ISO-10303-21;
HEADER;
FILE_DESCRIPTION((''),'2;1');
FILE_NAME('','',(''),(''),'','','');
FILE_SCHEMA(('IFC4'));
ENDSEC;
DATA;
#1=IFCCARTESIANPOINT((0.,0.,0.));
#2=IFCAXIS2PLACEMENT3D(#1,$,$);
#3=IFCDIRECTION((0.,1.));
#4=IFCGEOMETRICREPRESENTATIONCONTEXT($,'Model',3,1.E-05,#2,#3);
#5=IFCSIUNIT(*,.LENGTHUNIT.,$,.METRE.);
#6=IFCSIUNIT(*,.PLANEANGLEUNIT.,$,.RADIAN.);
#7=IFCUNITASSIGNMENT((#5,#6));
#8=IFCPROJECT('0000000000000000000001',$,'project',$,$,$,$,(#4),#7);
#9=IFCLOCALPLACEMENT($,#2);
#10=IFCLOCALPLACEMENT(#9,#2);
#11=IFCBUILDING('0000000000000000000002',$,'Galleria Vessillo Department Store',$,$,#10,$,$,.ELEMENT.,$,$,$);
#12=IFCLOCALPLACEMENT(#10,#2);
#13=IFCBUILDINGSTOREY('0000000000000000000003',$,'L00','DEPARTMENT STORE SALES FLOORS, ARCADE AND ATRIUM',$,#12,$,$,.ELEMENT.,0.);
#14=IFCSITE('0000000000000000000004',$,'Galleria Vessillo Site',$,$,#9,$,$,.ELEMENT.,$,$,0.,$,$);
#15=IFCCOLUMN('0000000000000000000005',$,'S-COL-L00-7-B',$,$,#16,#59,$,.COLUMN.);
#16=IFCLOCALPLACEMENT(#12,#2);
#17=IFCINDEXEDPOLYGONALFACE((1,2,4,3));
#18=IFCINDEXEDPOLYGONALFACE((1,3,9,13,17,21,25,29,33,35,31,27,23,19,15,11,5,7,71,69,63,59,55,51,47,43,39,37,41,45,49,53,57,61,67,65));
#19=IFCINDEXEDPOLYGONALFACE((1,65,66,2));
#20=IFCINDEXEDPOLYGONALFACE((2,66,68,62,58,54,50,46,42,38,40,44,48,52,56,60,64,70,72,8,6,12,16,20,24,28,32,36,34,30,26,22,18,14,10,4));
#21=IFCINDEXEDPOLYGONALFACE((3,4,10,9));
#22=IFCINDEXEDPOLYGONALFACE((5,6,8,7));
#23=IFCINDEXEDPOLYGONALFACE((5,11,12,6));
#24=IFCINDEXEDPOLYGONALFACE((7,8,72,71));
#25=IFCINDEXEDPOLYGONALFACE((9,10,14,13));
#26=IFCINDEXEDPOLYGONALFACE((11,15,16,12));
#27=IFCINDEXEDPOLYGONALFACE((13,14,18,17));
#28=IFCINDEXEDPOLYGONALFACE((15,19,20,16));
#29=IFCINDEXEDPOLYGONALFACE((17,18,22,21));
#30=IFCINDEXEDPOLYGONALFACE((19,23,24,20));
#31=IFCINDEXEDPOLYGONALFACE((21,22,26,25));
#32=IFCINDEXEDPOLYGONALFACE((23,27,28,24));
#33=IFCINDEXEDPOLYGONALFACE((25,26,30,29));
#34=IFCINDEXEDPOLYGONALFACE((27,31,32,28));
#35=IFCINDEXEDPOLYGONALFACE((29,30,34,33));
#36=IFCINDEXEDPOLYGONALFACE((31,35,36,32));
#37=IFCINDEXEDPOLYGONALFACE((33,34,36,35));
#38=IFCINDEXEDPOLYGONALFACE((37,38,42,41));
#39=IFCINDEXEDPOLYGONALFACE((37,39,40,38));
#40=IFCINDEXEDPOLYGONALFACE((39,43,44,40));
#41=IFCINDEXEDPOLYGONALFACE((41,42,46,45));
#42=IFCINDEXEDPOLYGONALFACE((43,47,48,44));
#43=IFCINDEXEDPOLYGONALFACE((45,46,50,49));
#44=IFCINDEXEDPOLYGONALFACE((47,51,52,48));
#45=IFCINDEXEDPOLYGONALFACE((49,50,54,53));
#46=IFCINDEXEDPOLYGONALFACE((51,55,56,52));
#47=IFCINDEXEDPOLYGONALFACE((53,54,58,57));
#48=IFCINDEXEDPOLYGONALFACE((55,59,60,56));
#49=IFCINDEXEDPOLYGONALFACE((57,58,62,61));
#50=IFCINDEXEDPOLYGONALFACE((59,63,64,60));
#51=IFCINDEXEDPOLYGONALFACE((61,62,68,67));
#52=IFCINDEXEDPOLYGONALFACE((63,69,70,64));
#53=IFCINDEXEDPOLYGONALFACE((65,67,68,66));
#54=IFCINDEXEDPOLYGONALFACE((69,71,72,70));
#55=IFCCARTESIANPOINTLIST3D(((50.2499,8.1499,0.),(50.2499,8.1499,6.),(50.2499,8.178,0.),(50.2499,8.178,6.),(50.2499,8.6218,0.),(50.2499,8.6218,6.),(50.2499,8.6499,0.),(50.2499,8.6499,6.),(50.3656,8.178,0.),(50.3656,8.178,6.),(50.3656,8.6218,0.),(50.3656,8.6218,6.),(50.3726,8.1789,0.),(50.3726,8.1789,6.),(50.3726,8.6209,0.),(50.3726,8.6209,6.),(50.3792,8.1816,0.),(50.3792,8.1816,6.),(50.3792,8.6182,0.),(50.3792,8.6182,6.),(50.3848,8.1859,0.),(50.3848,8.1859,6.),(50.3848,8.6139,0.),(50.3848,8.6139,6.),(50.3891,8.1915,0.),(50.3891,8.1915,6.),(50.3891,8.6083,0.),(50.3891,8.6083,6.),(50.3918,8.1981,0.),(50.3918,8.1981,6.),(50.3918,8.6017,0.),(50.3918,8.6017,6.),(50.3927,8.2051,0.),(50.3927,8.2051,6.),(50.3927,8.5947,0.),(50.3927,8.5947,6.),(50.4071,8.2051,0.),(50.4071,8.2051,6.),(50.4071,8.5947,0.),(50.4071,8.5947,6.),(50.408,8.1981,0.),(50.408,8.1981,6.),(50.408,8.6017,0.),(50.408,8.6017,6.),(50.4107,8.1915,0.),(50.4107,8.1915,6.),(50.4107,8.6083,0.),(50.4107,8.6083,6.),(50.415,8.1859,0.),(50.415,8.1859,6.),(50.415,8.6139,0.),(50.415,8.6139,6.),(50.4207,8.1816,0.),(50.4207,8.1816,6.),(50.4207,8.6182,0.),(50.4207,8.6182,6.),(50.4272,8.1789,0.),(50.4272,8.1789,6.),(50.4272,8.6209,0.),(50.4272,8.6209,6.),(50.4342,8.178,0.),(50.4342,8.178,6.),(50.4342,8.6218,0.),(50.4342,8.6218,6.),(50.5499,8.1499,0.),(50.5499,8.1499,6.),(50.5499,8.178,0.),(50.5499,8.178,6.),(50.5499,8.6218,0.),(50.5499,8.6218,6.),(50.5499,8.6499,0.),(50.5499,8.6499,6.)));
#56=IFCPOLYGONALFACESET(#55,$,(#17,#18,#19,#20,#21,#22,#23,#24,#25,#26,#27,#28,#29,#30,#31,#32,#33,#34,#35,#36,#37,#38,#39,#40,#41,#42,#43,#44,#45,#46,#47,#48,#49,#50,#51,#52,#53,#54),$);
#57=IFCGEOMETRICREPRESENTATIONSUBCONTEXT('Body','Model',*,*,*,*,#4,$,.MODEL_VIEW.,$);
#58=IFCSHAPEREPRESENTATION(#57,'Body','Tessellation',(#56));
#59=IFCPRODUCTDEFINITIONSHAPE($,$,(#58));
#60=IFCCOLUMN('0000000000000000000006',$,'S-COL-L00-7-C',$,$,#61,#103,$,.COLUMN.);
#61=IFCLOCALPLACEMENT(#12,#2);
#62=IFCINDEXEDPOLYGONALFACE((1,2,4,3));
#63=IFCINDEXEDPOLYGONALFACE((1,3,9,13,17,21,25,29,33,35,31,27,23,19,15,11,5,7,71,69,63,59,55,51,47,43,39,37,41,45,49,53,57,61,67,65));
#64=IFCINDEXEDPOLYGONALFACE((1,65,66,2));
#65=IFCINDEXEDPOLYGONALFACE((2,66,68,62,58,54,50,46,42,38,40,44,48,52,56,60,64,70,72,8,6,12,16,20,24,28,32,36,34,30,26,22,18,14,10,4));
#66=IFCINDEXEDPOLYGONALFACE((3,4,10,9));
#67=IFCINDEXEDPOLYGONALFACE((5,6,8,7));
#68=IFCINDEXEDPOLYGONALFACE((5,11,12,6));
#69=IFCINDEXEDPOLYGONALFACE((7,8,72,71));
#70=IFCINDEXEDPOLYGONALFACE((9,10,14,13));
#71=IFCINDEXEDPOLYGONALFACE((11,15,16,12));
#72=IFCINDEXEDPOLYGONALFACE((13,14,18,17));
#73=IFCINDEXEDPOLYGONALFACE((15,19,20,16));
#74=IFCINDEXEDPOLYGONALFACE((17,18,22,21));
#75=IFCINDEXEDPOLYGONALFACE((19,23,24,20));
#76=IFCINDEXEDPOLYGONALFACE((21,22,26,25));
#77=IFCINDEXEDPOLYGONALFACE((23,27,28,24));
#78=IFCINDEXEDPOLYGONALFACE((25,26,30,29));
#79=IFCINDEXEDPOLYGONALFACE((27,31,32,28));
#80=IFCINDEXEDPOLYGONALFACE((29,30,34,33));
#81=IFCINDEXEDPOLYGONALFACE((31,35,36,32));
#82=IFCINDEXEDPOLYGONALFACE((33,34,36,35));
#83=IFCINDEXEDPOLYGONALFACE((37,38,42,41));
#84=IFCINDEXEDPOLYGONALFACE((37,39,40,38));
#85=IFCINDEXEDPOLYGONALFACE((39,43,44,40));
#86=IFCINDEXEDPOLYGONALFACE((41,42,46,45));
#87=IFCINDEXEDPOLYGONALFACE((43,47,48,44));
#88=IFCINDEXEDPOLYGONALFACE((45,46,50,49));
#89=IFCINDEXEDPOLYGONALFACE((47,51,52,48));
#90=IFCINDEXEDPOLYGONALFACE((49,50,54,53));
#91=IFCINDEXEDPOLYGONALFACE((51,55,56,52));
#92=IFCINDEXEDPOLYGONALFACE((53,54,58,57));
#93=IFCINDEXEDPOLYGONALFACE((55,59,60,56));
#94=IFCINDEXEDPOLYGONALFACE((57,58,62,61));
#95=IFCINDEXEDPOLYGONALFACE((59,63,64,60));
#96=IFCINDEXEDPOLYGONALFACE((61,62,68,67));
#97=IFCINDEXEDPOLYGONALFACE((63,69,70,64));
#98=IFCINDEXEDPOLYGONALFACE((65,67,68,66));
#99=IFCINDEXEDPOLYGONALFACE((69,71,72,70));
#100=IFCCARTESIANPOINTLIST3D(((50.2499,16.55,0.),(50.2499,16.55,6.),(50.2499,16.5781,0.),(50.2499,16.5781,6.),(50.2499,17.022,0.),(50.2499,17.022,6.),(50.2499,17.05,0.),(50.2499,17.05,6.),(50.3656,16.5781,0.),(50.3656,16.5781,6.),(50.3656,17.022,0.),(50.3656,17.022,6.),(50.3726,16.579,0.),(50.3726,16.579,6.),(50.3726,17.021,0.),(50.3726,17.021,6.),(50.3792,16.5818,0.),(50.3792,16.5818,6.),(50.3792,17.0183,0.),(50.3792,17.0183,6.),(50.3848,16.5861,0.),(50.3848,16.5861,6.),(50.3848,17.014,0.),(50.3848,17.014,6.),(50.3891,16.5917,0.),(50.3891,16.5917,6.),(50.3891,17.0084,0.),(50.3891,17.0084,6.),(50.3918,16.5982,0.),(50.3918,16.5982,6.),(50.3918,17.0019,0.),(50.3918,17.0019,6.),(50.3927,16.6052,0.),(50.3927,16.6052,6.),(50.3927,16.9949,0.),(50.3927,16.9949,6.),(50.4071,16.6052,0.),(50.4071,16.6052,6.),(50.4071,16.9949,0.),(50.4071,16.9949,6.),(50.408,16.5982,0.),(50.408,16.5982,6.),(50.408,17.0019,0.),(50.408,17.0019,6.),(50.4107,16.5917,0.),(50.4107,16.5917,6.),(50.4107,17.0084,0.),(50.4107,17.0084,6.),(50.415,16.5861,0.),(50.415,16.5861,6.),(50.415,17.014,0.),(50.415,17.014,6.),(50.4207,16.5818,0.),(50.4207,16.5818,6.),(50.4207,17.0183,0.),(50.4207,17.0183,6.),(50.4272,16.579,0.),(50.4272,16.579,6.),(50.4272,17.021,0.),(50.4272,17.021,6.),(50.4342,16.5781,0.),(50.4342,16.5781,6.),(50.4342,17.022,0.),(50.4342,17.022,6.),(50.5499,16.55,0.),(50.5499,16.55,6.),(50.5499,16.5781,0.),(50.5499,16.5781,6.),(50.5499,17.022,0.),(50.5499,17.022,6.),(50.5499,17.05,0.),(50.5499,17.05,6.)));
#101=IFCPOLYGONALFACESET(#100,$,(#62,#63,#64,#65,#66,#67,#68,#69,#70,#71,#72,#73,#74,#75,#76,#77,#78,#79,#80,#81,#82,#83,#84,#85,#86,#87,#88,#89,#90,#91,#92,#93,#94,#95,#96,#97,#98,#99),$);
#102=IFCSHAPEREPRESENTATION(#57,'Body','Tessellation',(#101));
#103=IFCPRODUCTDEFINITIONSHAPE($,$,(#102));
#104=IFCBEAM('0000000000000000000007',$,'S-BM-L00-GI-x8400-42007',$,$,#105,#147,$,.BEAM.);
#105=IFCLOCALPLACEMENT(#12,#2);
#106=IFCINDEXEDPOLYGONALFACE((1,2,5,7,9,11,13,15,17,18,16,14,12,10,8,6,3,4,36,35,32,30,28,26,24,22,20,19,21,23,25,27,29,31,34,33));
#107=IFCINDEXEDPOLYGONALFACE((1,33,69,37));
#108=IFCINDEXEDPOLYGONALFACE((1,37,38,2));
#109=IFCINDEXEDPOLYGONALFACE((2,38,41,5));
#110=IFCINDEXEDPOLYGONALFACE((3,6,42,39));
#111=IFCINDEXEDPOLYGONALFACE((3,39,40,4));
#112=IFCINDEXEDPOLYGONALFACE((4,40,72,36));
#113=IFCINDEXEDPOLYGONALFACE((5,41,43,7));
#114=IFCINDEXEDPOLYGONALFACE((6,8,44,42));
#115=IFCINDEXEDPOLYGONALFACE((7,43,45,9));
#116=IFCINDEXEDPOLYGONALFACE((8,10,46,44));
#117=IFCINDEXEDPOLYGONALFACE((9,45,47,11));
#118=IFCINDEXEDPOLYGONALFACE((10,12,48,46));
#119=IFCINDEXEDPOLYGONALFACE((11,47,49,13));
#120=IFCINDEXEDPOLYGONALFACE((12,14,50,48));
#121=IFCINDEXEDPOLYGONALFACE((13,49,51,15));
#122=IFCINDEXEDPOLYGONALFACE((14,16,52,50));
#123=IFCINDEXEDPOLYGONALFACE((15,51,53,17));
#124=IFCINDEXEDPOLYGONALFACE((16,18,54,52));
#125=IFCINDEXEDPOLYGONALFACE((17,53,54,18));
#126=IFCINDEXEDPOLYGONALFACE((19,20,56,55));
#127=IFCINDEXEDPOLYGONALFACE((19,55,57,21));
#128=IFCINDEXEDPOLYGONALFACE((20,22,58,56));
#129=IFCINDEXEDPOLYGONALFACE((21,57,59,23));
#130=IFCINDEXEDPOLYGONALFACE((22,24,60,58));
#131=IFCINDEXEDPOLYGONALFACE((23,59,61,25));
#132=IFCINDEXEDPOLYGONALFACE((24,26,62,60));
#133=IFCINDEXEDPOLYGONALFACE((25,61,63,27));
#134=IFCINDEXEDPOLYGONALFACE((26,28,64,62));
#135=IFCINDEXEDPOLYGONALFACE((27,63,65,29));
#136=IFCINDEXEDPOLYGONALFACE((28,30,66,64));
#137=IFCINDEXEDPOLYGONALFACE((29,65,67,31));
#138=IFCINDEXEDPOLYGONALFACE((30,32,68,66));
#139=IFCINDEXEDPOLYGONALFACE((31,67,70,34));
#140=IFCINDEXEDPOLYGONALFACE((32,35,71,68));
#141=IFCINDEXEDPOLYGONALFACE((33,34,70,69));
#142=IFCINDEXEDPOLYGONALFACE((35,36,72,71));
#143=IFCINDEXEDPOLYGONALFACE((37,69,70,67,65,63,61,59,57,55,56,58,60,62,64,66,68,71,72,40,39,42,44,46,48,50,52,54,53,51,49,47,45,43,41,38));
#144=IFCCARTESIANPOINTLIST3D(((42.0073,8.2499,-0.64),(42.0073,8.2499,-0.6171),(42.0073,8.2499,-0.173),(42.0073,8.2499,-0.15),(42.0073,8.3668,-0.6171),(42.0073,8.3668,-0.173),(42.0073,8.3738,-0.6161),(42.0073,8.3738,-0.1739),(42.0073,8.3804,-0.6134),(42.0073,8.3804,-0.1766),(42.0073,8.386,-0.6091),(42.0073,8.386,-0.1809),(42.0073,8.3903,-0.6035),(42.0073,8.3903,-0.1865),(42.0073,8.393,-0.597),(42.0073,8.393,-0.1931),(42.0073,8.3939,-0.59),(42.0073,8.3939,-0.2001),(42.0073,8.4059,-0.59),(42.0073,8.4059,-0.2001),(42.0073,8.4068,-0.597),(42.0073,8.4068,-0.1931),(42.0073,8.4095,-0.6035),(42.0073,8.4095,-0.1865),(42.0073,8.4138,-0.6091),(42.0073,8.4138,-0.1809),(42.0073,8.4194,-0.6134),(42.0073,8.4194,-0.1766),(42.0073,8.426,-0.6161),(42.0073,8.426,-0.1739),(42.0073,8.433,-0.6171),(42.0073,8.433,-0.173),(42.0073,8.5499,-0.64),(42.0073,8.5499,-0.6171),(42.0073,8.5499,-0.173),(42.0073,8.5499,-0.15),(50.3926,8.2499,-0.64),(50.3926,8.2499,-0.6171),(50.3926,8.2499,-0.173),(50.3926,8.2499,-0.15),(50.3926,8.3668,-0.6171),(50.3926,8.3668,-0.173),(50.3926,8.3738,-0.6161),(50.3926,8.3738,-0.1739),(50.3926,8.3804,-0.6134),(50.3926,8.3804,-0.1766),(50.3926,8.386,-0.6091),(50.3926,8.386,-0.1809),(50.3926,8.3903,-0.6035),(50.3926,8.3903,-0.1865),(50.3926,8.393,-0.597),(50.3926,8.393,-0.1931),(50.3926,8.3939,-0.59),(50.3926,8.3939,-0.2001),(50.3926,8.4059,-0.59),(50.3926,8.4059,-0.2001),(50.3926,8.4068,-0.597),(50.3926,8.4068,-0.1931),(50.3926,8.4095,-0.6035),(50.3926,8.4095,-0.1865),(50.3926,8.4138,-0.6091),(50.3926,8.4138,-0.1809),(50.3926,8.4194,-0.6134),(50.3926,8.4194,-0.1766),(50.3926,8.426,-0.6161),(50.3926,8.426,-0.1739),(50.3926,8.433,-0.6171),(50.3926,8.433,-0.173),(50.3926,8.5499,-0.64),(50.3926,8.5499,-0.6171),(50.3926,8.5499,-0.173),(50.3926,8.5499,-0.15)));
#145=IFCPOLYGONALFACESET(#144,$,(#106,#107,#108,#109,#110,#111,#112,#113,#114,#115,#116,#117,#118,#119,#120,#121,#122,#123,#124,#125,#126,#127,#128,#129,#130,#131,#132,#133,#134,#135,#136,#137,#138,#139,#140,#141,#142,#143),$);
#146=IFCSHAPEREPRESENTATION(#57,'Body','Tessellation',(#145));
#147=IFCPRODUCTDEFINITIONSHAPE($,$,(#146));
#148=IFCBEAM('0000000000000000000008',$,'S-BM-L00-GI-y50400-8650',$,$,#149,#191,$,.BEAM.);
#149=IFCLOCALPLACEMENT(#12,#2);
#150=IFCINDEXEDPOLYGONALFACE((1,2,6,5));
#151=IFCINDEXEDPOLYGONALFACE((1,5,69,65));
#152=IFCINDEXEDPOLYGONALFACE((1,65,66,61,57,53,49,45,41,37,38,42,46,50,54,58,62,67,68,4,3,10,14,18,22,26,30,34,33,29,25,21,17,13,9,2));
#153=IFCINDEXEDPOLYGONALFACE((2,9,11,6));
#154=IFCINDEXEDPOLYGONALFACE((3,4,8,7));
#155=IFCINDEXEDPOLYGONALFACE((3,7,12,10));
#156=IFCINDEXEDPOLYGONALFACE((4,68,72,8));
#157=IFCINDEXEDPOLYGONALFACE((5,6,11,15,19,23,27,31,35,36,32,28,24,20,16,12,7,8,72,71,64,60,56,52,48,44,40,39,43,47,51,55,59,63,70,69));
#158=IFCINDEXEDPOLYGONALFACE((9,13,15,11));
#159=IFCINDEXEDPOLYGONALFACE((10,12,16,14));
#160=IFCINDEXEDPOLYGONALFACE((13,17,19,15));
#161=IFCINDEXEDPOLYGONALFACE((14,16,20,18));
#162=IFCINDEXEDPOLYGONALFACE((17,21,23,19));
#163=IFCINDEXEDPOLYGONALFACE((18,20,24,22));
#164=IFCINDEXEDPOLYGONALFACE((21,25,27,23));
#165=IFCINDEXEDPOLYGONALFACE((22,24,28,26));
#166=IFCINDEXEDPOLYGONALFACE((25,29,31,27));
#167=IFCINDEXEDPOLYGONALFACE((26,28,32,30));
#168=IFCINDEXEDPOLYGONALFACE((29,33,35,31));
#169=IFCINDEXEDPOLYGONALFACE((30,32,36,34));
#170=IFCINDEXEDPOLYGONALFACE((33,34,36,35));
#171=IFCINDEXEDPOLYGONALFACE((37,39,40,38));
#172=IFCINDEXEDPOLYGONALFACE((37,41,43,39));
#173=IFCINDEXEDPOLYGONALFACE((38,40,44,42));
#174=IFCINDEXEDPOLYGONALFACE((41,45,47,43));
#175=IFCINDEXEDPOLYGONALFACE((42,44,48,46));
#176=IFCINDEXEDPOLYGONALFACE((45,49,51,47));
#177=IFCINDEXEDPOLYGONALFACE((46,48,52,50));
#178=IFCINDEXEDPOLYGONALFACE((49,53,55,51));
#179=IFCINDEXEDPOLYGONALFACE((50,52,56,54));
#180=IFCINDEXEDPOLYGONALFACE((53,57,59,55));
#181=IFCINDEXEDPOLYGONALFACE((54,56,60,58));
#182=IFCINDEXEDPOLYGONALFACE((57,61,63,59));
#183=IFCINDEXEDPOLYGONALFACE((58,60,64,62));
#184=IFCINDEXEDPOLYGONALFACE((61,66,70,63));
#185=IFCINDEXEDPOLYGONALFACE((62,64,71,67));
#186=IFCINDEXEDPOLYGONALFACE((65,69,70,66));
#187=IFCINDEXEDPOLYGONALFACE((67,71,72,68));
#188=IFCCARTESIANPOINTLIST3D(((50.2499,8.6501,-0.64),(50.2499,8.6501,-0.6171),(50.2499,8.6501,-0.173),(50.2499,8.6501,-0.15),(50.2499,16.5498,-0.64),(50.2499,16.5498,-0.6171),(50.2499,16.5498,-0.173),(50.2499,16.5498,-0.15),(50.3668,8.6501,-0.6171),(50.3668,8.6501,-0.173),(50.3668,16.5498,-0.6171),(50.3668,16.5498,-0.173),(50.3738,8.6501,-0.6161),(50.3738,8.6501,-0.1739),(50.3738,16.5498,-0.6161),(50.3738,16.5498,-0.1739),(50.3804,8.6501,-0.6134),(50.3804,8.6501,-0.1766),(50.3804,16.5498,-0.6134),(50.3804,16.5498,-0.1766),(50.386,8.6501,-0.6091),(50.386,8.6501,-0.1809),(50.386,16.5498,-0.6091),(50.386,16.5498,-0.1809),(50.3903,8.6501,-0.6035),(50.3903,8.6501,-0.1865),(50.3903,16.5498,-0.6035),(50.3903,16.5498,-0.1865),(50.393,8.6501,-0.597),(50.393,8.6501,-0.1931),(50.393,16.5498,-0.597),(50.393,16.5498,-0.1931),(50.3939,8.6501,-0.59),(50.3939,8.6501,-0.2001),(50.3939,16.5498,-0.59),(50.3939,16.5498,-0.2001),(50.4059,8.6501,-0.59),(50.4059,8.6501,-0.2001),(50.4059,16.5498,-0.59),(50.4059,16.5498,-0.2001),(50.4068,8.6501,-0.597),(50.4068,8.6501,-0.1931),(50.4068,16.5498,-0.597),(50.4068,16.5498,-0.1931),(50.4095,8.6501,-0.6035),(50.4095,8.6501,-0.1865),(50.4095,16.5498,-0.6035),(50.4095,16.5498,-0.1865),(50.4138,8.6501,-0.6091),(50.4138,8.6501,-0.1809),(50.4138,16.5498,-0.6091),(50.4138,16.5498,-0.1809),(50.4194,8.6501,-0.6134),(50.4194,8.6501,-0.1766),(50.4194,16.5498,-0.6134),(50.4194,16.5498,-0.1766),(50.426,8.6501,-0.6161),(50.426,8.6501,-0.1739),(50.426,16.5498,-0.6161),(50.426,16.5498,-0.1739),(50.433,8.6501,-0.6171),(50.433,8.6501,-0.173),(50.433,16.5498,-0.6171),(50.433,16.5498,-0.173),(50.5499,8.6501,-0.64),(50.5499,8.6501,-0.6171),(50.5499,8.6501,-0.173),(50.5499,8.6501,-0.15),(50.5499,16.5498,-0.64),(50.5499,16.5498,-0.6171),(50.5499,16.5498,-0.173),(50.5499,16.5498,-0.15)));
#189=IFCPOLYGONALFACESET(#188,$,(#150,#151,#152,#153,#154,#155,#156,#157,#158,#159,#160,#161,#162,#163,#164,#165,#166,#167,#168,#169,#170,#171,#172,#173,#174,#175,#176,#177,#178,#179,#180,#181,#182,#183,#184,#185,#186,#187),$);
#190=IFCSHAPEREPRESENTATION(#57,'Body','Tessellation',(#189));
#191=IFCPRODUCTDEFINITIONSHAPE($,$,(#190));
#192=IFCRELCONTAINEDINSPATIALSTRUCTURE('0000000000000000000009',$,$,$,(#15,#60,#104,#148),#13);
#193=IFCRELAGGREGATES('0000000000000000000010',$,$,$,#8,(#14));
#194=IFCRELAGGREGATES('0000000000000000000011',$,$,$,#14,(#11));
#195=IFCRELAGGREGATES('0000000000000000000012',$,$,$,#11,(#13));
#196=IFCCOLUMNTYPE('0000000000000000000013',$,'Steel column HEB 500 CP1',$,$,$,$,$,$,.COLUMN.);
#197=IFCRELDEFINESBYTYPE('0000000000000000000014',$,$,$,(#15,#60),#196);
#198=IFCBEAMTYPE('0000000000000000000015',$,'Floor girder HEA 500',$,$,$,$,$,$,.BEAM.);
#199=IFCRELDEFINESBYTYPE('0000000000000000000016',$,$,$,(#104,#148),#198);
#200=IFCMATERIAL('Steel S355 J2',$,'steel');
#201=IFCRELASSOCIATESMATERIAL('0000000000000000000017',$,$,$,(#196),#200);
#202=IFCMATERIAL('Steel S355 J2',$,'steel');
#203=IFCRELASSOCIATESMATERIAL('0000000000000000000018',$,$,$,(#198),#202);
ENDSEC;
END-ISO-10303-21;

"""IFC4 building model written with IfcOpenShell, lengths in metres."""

from ifc_helpers import new_model, si_unit, direction, frame, origin, origin_2d, place, context, subcontext, project, spatial, i_section, extrude, material, material_profile, profile_set, type_object, element, save


model = new_model("IFC4")

# Units and contexts
model_context = context("Model", 3, precision=1e-05, world=origin(), true_north=direction((0.0, 1.0)))
body_context = subcontext(model_context, "Body", "Model", "MODEL_VIEW")
ifc_project = project(units=[si_unit("LENGTHUNIT", "METRE"), si_unit("PLANEANGLEUNIT", "RADIAN")], contexts=[model_context])

# Site, building, storey
site_placement = place(None, origin())
site = spatial("IfcSite", under=ifc_project, at=site_placement, Name="Galleria Vessillo Site", CompositionType="ELEMENT", RefElevation=0.0)
building_placement = place(site_placement, origin())
building = spatial("IfcBuilding", under=site, at=building_placement, Name="Galleria Vessillo Department Store", CompositionType="ELEMENT")
storey_placement = place(building_placement, origin())
storey = spatial("IfcBuildingStorey", under=building, at=storey_placement, Name="L00", Description="DEPARTMENT STORE SALES FLOORS, ARCADE AND ATRIUM", CompositionType="ELEMENT", Elevation=0.0)

# Columns
ifc_material_1 = material(Name="Steel S355 J2", Category="steel")
ifc_material_profile_1 = material_profile(ifc_material_1, i_section(OverallWidth=0.3, OverallDepth=0.5, WebThickness=0.0144, FlangeThickness=0.0281, FilletRadius=0.0271, at=origin_2d()), Name="HEB 500")
ifc_profile_set_1 = profile_set([ifc_material_profile_1], Name="Steel S355 J2")
column_type = type_object("IfcColumnType", Name="Steel column HEB 500 CP1", PredefinedType="COLUMN", material=ifc_profile_set_1)
for number, where, z_axis, x_axis, name in (
    (1, (50.3999, 8.3999, 0.0), (0.0, 0.0, 1.0), (1.0, 0.0, 0.0), "S-COL-L00-7-B"),
    (2, (50.3999, 16.8, 0.0), (0.0, 0.0, 1.0), (1.0, 0.0, 0.0), "S-COL-L00-7-C"),
):
    element("IfcColumn", number, at=place(storey_placement, frame(where, z_axis=z_axis, x_axis=x_axis)), inside=storey, type_object=column_type, Name=name, PredefinedType="COLUMN", context=body_context, shape_type="SweptSolid", body=[
        extrude(i_section(OverallWidth=0.3, OverallDepth=0.5, WebThickness=0.0144, FlangeThickness=0.0281, FilletRadius=0.0271, at=origin_2d()), origin(), (0.0, 0.0, 1.0), 6.0),
    ])

# Beams
ifc_material_2 = material(Name="Steel S355 J2", Category="steel")
ifc_material_profile_2 = material_profile(ifc_material_2, i_section(OverallWidth=0.3, OverallDepth=0.49, WebThickness=0.012, FlangeThickness=0.0229, FilletRadius=0.0271, at=origin_2d()), Name="HEA 500")
ifc_profile_set_2 = profile_set([ifc_material_profile_2], Name="Steel S355 J2")
beam_type_1 = type_object("IfcBeamType", Name="Floor girder HEA 500", PredefinedType="BEAM", material=ifc_profile_set_2)
beam_1_placement = place(storey_placement, frame((42.0073, 8.3999, -0.395), z_axis=(1.0, 0.0, 0.0), x_axis=(0.0, 1.0, 0.0)))
element("IfcBeam", 3, at=beam_1_placement, inside=storey, type_object=beam_type_1, Name="S-BM-L00-GI-x8400-42007", PredefinedType="BEAM", context=body_context, shape_type="SweptSolid", body=[
    extrude(i_section(OverallWidth=0.3, OverallDepth=0.49, WebThickness=0.012, FlangeThickness=0.0229, FilletRadius=0.0271, at=origin_2d()), origin(), (0.0, 0.0, 1.0), 8.3853),
])
beam_2_placement = place(storey_placement, frame((50.3999, 8.6501, -0.395), z_axis=(0.0, 1.0, 0.0), x_axis=(-1.0, 0.0, 0.0)))
element("IfcBeam", 4, at=beam_2_placement, inside=storey, type_object=beam_type_1, Name="S-BM-L00-GI-y50400-8650", PredefinedType="BEAM", context=body_context, shape_type="SweptSolid", body=[
    extrude(i_section(OverallWidth=0.3, OverallDepth=0.49, WebThickness=0.012, FlangeThickness=0.0229, FilletRadius=0.0271, at=origin_2d()), origin(), (0.0, 0.0, 1.0), 7.8997),
])

save(model, "model.ifc")
